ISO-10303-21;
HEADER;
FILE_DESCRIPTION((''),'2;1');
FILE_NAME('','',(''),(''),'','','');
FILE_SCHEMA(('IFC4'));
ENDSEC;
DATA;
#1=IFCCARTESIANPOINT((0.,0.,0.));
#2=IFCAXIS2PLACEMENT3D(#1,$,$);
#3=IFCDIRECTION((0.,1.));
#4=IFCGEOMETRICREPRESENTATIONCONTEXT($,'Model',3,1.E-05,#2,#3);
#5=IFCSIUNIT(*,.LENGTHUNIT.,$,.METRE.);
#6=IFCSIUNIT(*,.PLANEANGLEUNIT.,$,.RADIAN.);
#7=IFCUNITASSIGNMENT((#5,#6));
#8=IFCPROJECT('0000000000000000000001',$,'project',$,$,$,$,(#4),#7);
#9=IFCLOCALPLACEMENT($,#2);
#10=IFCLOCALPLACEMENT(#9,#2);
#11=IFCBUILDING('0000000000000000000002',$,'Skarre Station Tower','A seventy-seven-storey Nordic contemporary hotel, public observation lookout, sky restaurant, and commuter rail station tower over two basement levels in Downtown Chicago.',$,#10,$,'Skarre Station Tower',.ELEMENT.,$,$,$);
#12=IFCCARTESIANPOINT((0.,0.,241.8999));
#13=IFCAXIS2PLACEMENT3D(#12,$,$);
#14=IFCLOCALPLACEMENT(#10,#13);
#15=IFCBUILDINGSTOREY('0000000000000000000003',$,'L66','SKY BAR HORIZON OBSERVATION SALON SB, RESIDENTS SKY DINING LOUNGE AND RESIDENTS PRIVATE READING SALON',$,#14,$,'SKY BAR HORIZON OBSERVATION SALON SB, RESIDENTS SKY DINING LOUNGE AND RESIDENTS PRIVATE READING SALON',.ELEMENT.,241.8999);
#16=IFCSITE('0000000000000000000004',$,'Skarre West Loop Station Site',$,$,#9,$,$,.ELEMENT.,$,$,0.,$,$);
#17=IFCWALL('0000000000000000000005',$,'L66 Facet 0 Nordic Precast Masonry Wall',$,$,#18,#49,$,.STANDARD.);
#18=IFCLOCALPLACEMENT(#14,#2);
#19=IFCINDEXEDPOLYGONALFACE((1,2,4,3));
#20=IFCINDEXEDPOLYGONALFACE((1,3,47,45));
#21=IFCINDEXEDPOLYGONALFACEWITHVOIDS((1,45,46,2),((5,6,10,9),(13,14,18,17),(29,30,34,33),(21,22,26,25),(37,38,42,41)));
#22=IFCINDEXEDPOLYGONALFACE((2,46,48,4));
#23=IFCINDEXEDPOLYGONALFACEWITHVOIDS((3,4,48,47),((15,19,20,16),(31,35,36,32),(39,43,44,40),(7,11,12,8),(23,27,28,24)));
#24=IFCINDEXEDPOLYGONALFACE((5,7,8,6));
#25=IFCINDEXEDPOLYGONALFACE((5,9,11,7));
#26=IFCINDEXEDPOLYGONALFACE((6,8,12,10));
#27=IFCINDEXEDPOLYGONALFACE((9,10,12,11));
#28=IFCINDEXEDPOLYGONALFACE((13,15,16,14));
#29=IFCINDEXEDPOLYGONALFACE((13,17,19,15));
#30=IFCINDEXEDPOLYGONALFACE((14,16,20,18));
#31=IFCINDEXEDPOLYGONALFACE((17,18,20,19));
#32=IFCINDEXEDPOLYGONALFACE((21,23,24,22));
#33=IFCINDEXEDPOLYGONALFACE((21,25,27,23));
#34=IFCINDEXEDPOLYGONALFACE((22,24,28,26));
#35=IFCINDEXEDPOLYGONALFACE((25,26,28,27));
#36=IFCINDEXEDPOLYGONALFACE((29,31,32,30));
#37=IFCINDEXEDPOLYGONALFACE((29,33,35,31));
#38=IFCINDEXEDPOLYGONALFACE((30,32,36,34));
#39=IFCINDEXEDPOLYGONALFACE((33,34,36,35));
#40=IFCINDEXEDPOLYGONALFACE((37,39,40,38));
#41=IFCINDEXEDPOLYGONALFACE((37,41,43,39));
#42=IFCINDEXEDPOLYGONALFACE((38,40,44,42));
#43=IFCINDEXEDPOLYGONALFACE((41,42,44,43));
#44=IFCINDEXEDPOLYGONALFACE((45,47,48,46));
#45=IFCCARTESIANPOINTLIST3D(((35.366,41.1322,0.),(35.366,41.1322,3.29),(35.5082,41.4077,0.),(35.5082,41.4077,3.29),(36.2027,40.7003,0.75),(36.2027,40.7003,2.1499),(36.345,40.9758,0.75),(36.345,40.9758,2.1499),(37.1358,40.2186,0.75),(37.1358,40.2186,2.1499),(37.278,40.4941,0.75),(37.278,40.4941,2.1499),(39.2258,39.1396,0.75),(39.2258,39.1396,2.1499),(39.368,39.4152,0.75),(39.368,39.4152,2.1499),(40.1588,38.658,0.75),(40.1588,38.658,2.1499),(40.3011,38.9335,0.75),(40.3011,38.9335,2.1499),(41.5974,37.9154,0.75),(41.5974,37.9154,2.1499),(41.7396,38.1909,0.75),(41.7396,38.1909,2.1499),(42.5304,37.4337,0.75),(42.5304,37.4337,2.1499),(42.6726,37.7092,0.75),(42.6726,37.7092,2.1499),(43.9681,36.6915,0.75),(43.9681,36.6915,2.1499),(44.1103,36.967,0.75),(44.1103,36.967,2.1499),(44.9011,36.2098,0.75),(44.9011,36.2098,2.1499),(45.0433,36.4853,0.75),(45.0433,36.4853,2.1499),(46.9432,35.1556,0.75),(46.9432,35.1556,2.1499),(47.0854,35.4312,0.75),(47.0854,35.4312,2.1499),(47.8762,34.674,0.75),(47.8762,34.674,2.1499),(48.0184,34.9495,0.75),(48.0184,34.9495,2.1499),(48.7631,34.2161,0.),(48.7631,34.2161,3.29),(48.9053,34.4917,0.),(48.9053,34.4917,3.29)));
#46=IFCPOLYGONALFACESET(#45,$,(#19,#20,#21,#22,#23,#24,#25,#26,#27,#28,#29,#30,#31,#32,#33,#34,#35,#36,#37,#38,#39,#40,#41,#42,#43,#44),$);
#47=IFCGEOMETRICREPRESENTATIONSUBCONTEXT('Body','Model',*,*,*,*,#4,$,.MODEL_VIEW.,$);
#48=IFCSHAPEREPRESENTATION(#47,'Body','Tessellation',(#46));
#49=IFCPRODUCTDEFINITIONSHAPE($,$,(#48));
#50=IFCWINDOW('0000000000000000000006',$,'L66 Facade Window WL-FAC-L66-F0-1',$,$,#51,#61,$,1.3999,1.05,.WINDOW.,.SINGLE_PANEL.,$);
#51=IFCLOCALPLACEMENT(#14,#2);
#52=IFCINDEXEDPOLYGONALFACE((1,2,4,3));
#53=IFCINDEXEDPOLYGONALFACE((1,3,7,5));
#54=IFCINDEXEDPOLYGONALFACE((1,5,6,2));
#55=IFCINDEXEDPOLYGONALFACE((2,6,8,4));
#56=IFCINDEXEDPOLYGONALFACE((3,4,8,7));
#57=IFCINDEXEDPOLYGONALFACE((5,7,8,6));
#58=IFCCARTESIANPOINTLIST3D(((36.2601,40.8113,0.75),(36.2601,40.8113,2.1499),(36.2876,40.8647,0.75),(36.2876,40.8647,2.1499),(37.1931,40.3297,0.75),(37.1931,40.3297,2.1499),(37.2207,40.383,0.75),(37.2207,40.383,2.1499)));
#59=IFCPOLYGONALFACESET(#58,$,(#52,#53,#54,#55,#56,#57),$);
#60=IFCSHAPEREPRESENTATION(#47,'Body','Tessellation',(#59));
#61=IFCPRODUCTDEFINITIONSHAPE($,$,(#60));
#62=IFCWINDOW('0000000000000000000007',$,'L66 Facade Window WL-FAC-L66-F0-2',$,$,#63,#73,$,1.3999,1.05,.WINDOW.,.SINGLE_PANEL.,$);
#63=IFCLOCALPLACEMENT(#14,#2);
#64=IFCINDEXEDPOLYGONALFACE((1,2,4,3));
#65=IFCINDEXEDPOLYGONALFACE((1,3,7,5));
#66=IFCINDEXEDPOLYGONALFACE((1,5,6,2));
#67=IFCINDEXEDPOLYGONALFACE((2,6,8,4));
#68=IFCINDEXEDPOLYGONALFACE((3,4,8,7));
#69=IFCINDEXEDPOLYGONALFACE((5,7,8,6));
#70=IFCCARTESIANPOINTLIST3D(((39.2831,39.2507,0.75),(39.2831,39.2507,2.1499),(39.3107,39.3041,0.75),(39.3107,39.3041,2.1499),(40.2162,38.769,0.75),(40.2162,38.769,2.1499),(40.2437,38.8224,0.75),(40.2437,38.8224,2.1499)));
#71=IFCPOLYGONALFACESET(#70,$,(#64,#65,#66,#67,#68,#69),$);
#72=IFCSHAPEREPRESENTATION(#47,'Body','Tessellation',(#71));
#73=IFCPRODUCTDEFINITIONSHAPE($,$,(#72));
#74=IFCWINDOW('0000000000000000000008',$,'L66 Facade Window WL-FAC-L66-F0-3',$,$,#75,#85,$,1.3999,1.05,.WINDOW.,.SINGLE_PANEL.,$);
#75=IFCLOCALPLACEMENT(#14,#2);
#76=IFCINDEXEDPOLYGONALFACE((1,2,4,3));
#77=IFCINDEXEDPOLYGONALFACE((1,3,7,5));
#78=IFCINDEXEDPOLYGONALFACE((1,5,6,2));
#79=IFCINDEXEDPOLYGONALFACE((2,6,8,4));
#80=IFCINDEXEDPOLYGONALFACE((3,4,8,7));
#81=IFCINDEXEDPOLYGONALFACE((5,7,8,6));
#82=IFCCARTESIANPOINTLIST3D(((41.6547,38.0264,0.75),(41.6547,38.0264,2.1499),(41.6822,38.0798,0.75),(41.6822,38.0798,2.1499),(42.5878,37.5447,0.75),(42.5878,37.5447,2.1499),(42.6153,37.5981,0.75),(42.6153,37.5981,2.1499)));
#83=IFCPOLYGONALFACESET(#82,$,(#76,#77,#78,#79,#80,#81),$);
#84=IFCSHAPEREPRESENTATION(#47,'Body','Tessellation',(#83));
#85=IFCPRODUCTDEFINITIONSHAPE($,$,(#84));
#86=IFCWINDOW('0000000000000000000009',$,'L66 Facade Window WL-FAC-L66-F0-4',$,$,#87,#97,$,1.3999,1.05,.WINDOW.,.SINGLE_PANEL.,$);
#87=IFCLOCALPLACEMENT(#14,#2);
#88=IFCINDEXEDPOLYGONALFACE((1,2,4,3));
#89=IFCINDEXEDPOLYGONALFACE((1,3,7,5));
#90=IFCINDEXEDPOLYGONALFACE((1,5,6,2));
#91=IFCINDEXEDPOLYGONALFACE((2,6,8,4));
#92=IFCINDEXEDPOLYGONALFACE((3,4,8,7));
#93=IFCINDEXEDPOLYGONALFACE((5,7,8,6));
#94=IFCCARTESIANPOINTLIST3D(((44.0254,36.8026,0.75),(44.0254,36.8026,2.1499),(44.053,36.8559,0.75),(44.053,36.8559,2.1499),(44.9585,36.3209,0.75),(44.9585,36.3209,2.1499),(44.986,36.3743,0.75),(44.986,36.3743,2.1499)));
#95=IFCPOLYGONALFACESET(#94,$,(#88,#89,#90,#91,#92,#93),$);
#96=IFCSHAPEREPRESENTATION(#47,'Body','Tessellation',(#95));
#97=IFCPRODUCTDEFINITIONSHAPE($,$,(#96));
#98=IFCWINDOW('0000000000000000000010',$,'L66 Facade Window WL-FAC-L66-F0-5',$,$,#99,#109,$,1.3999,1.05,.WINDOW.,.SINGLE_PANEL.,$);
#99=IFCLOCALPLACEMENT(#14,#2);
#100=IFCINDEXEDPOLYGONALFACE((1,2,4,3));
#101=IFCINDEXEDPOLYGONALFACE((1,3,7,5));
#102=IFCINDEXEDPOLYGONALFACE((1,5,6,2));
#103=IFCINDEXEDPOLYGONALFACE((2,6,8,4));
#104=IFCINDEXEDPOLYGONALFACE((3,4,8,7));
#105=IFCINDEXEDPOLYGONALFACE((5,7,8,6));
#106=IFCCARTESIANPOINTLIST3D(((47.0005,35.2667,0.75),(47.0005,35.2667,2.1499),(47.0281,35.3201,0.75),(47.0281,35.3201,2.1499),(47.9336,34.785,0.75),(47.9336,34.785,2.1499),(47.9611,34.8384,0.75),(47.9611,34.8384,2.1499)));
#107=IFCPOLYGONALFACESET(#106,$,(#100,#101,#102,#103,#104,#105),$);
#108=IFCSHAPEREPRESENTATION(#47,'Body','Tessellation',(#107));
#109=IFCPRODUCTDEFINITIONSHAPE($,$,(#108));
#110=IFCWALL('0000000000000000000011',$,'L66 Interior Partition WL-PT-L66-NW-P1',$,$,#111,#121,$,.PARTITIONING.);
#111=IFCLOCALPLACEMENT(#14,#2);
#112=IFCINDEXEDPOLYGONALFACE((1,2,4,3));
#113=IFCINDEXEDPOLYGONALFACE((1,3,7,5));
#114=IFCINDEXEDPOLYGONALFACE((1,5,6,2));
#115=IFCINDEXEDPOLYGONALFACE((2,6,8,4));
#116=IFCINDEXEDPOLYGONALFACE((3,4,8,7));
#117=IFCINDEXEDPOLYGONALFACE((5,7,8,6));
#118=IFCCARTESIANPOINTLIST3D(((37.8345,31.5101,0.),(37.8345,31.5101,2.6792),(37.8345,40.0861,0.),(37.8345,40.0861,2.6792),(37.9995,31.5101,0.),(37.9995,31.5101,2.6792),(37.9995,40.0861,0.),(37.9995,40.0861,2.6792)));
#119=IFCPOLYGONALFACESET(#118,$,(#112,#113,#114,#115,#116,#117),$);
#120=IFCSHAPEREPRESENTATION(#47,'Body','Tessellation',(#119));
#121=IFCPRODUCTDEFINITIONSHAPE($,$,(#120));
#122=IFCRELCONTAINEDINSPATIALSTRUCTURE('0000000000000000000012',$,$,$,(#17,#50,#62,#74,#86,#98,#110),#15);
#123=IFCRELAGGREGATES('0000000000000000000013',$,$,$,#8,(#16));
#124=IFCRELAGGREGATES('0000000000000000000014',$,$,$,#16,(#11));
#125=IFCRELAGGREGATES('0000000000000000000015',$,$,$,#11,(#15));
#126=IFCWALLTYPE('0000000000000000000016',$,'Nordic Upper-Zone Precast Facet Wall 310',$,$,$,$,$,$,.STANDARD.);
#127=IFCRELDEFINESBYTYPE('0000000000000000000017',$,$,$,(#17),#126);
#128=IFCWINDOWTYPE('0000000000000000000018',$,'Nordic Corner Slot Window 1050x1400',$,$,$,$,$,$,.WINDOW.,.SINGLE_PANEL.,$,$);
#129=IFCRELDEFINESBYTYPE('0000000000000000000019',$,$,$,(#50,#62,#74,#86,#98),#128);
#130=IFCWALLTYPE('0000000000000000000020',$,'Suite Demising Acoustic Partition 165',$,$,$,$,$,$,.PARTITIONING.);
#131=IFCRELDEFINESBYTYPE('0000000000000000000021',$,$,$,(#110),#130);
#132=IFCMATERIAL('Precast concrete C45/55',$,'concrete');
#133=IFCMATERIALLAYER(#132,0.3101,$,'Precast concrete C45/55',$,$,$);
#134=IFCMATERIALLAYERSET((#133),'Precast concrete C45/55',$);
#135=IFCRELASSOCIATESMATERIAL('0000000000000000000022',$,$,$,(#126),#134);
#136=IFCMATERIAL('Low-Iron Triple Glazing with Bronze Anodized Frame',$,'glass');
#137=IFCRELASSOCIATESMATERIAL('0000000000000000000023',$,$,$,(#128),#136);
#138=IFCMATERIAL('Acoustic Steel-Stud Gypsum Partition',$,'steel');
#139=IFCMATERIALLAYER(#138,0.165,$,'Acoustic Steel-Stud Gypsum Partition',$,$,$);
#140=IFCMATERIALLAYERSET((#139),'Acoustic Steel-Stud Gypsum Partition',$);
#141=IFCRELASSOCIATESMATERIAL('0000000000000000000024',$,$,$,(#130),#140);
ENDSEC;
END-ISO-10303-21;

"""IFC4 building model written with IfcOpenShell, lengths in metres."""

from ifc_helpers import new_model, si_unit, direction, frame, frame_2d, origin, place, context, subcontext, project, spatial, rectangle, extrude, material, layer, layer_set, type_object, element, fill, save


model = new_model("IFC4")

# Units and contexts
model_context = context("Model", 3, precision=1e-05, world=origin(), true_north=direction((0.0, 1.0)))
body_context = subcontext(model_context, "Body", "Model", "MODEL_VIEW")
ifc_project = project(units=[si_unit("LENGTHUNIT", "METRE"), si_unit("PLANEANGLEUNIT", "RADIAN")], contexts=[model_context])

# Site, building, storey
site_placement = place(None, origin())
site = spatial("IfcSite", under=ifc_project, at=site_placement, Name="Skarre West Loop Station Site", CompositionType="ELEMENT", RefElevation=0.0)
building_placement = place(site_placement, origin())
building = spatial("IfcBuilding", under=site, at=building_placement, Name="Skarre Station Tower", Description="A seventy-seven-storey Nordic contemporary hotel, public observation lookout, sky restaurant, and commuter rail station tower over two basement levels in Downtown Chicago.", LongName="Skarre Station Tower", CompositionType="ELEMENT")
storey_placement = place(building_placement, frame((0.0, 0.0, 241.8999)))
storey = spatial("IfcBuildingStorey", under=building, at=storey_placement, Name="L66", Description="SKY BAR HORIZON OBSERVATION SALON SB, RESIDENTS SKY DINING LOUNGE AND RESIDENTS PRIVATE READING SALON", LongName="SKY BAR HORIZON OBSERVATION SALON SB, RESIDENTS SKY DINING LOUNGE AND RESIDENTS PRIVATE READING SALON", CompositionType="ELEMENT", Elevation=241.8999)

# Shared definitions
ifc_material_1 = material(Name="Acoustic Steel-Stud Gypsum Partition", Category="steel")

# Wall, openings, windows
ifc_material_2 = material(Name="Precast concrete C45/55", Category="concrete")
ifc_layer_1 = layer(ifc_material_2, 0.3101, Name="Precast concrete C45/55")
ifc_layer_set_1 = layer_set([ifc_layer_1], Name="Precast concrete C45/55")
wall_type_1 = type_object("IfcWallType", Name="Nordic Upper-Zone Precast Facet Wall 310", PredefinedType="STANDARD", material=ifc_layer_set_1)
wall_1_placement = place(storey_placement, frame((35.437, 41.27, 0.0), z_axis=(0.0, 0.0, 1.0), x_axis=(0.888581, -0.458719, 0.0)))
wall_1 = element("IfcWall", 1, at=wall_1_placement, inside=storey, type_object=wall_type_1, Name="L66 Facet 0 Nordic Precast Masonry Wall", PredefinedType="STANDARD", context=body_context, shape_type="SweptSolid", body=[
    extrude(rectangle(XDim=15.0769, YDim=0.3101, at=frame_2d((7.5386, 0.0))), origin(), (0.0, 0.0, 1.0), 3.29),
])
opening_1_placement = place(wall_1_placement, frame((0.9419, 0.0, 0.75)))
opening_1 = element("IfcOpeningElement", 2, at=opening_1_placement, cuts=wall_1, PredefinedType="OPENING", context=body_context, shape_type="SweptSolid", body=[
    extrude(rectangle(XDim=1.05, YDim=1.3999, at=frame_2d((0.5249, 0.7))), frame((0.0, 0.165, 0.0), z_axis=(0.0, -1.0, 0.0), x_axis=(1.0, 0.0, 0.0)), (0.0, 0.0, 1.0), 0.3301),
])
opening_2_placement = place(wall_1_placement, frame((4.344, 0.0, 0.75)))
opening_2 = element("IfcOpeningElement", 3, at=opening_2_placement, cuts=wall_1, PredefinedType="OPENING", context=body_context, shape_type="SweptSolid", body=[
    extrude(rectangle(XDim=1.05, YDim=1.3999, at=frame_2d((0.5249, 0.7))), frame((0.0, 0.165, 0.0), z_axis=(0.0, -1.0, 0.0), x_axis=(1.0, 0.0, 0.0)), (0.0, 0.0, 1.0), 0.3301),
])
opening_3_placement = place(wall_1_placement, frame((7.0129, 0.0, 0.75)))
opening_3 = element("IfcOpeningElement", 4, at=opening_3_placement, cuts=wall_1, PredefinedType="OPENING", context=body_context, shape_type="SweptSolid", body=[
    extrude(rectangle(XDim=1.05, YDim=1.3999, at=frame_2d((0.5249, 0.7))), frame((0.0, 0.165, 0.0), z_axis=(0.0, -1.0, 0.0), x_axis=(1.0, 0.0, 0.0)), (0.0, 0.0, 1.0), 0.3301),
])
opening_4_placement = place(wall_1_placement, frame((9.6809, 0.0, 0.75)))
opening_4 = element("IfcOpeningElement", 5, at=opening_4_placement, cuts=wall_1, PredefinedType="OPENING", context=body_context, shape_type="SweptSolid", body=[
    extrude(rectangle(XDim=1.05, YDim=1.3999, at=frame_2d((0.5249, 0.7))), frame((0.0, 0.165, 0.0), z_axis=(0.0, -1.0, 0.0), x_axis=(1.0, 0.0, 0.0)), (0.0, 0.0, 1.0), 0.3301),
])
opening_5_placement = place(wall_1_placement, frame((13.0291, 0.0, 0.75)))
opening_5 = element("IfcOpeningElement", 6, at=opening_5_placement, cuts=wall_1, PredefinedType="OPENING", context=body_context, shape_type="SweptSolid", body=[
    extrude(rectangle(XDim=1.05, YDim=1.3999, at=frame_2d((0.5249, 0.7))), frame((0.0, 0.165, 0.0), z_axis=(0.0, -1.0, 0.0), x_axis=(1.0, 0.0, 0.0)), (0.0, 0.0, 1.0), 0.3301),
])
ifc_material_3 = material(Name="Low-Iron Triple Glazing with Bronze Anodized Frame", Category="glass")
window_type = type_object("IfcWindowType", Name="Nordic Corner Slot Window 1050x1400", PartitioningType="SINGLE_PANEL", PredefinedType="WINDOW", material=ifc_material_3)
window_1_placement = place(opening_1_placement, origin())
window_1 = element("IfcWindow", 7, at=window_1_placement, inside=storey, type_object=window_type, Name="L66 Facade Window WL-FAC-L66-F0-1", OverallHeight=1.3999, OverallWidth=1.05, PartitioningType="SINGLE_PANEL", PredefinedType="WINDOW", context=body_context, shape_type="SweptSolid", body=[
    extrude(rectangle(XDim=1.05, YDim=1.3999, at=frame_2d((0.5249, 0.7))), frame((0.0, 0.03, 0.0), z_axis=(0.0, -1.0, 0.0), x_axis=(1.0, 0.0, 0.0)), (0.0, 0.0, 1.0), 0.0601),
])
fill(opening_1, window_1)
window_2_placement = place(opening_2_placement, origin())
window_2 = element("IfcWindow", 8, at=window_2_placement, inside=storey, type_object=window_type, Name="L66 Facade Window WL-FAC-L66-F0-2", OverallHeight=1.3999, OverallWidth=1.05, PartitioningType="SINGLE_PANEL", PredefinedType="WINDOW", context=body_context, shape_type="SweptSolid", body=[
    extrude(rectangle(XDim=1.05, YDim=1.3999, at=frame_2d((0.5249, 0.7))), frame((0.0, 0.03, 0.0), z_axis=(0.0, -1.0, 0.0), x_axis=(1.0, 0.0, 0.0)), (0.0, 0.0, 1.0), 0.0601),
])
fill(opening_2, window_2)
window_3_placement = place(opening_3_placement, origin())
window_3 = element("IfcWindow", 9, at=window_3_placement, inside=storey, type_object=window_type, Name="L66 Facade Window WL-FAC-L66-F0-3", OverallHeight=1.3999, OverallWidth=1.05, PartitioningType="SINGLE_PANEL", PredefinedType="WINDOW", context=body_context, shape_type="SweptSolid", body=[
    extrude(rectangle(XDim=1.05, YDim=1.3999, at=frame_2d((0.5249, 0.7))), frame((0.0, 0.03, 0.0), z_axis=(0.0, -1.0, 0.0), x_axis=(1.0, 0.0, 0.0)), (0.0, 0.0, 1.0), 0.0601),
])
fill(opening_3, window_3)
window_4_placement = place(opening_4_placement, origin())
window_4 = element("IfcWindow", 10, at=window_4_placement, inside=storey, type_object=window_type, Name="L66 Facade Window WL-FAC-L66-F0-4", OverallHeight=1.3999, OverallWidth=1.05, PartitioningType="SINGLE_PANEL", PredefinedType="WINDOW", context=body_context, shape_type="SweptSolid", body=[
    extrude(rectangle(XDim=1.05, YDim=1.3999, at=frame_2d((0.5249, 0.7))), frame((0.0, 0.03, 0.0), z_axis=(0.0, -1.0, 0.0), x_axis=(1.0, 0.0, 0.0)), (0.0, 0.0, 1.0), 0.0601),
])
fill(opening_4, window_4)
window_5_placement = place(opening_5_placement, origin())
window_5 = element("IfcWindow", 11, at=window_5_placement, inside=storey, type_object=window_type, Name="L66 Facade Window WL-FAC-L66-F0-5", OverallHeight=1.3999, OverallWidth=1.05, PartitioningType="SINGLE_PANEL", PredefinedType="WINDOW", context=body_context, shape_type="SweptSolid", body=[
    extrude(rectangle(XDim=1.05, YDim=1.3999, at=frame_2d((0.5249, 0.7))), frame((0.0, 0.03, 0.0), z_axis=(0.0, -1.0, 0.0), x_axis=(1.0, 0.0, 0.0)), (0.0, 0.0, 1.0), 0.0601),
])
fill(opening_5, window_5)

# Wall
ifc_layer_2 = layer(ifc_material_1, 0.165, Name="Acoustic Steel-Stud Gypsum Partition")
ifc_layer_set_2 = layer_set([ifc_layer_2], Name="Acoustic Steel-Stud Gypsum Partition")
wall_type_2 = type_object("IfcWallType", Name="Suite Demising Acoustic Partition 165", PredefinedType="PARTITIONING", material=ifc_layer_set_2)
wall_2_placement = place(storey_placement, frame((37.917, 31.51, 0.0), z_axis=(0.0, 0.0, 1.0), x_axis=(0.0, 1.0, 0.0)))
element("IfcWall", 12, at=wall_2_placement, inside=storey, type_object=wall_type_2, Name="L66 Interior Partition WL-PT-L66-NW-P1", PredefinedType="PARTITIONING", context=body_context, shape_type="SweptSolid", body=[
    extrude(rectangle(XDim=8.5759, YDim=0.165, at=frame_2d((4.2881, 0.0))), origin(), (0.0, 0.0, 1.0), 2.6792),
])

save(model, "model.ifc")
